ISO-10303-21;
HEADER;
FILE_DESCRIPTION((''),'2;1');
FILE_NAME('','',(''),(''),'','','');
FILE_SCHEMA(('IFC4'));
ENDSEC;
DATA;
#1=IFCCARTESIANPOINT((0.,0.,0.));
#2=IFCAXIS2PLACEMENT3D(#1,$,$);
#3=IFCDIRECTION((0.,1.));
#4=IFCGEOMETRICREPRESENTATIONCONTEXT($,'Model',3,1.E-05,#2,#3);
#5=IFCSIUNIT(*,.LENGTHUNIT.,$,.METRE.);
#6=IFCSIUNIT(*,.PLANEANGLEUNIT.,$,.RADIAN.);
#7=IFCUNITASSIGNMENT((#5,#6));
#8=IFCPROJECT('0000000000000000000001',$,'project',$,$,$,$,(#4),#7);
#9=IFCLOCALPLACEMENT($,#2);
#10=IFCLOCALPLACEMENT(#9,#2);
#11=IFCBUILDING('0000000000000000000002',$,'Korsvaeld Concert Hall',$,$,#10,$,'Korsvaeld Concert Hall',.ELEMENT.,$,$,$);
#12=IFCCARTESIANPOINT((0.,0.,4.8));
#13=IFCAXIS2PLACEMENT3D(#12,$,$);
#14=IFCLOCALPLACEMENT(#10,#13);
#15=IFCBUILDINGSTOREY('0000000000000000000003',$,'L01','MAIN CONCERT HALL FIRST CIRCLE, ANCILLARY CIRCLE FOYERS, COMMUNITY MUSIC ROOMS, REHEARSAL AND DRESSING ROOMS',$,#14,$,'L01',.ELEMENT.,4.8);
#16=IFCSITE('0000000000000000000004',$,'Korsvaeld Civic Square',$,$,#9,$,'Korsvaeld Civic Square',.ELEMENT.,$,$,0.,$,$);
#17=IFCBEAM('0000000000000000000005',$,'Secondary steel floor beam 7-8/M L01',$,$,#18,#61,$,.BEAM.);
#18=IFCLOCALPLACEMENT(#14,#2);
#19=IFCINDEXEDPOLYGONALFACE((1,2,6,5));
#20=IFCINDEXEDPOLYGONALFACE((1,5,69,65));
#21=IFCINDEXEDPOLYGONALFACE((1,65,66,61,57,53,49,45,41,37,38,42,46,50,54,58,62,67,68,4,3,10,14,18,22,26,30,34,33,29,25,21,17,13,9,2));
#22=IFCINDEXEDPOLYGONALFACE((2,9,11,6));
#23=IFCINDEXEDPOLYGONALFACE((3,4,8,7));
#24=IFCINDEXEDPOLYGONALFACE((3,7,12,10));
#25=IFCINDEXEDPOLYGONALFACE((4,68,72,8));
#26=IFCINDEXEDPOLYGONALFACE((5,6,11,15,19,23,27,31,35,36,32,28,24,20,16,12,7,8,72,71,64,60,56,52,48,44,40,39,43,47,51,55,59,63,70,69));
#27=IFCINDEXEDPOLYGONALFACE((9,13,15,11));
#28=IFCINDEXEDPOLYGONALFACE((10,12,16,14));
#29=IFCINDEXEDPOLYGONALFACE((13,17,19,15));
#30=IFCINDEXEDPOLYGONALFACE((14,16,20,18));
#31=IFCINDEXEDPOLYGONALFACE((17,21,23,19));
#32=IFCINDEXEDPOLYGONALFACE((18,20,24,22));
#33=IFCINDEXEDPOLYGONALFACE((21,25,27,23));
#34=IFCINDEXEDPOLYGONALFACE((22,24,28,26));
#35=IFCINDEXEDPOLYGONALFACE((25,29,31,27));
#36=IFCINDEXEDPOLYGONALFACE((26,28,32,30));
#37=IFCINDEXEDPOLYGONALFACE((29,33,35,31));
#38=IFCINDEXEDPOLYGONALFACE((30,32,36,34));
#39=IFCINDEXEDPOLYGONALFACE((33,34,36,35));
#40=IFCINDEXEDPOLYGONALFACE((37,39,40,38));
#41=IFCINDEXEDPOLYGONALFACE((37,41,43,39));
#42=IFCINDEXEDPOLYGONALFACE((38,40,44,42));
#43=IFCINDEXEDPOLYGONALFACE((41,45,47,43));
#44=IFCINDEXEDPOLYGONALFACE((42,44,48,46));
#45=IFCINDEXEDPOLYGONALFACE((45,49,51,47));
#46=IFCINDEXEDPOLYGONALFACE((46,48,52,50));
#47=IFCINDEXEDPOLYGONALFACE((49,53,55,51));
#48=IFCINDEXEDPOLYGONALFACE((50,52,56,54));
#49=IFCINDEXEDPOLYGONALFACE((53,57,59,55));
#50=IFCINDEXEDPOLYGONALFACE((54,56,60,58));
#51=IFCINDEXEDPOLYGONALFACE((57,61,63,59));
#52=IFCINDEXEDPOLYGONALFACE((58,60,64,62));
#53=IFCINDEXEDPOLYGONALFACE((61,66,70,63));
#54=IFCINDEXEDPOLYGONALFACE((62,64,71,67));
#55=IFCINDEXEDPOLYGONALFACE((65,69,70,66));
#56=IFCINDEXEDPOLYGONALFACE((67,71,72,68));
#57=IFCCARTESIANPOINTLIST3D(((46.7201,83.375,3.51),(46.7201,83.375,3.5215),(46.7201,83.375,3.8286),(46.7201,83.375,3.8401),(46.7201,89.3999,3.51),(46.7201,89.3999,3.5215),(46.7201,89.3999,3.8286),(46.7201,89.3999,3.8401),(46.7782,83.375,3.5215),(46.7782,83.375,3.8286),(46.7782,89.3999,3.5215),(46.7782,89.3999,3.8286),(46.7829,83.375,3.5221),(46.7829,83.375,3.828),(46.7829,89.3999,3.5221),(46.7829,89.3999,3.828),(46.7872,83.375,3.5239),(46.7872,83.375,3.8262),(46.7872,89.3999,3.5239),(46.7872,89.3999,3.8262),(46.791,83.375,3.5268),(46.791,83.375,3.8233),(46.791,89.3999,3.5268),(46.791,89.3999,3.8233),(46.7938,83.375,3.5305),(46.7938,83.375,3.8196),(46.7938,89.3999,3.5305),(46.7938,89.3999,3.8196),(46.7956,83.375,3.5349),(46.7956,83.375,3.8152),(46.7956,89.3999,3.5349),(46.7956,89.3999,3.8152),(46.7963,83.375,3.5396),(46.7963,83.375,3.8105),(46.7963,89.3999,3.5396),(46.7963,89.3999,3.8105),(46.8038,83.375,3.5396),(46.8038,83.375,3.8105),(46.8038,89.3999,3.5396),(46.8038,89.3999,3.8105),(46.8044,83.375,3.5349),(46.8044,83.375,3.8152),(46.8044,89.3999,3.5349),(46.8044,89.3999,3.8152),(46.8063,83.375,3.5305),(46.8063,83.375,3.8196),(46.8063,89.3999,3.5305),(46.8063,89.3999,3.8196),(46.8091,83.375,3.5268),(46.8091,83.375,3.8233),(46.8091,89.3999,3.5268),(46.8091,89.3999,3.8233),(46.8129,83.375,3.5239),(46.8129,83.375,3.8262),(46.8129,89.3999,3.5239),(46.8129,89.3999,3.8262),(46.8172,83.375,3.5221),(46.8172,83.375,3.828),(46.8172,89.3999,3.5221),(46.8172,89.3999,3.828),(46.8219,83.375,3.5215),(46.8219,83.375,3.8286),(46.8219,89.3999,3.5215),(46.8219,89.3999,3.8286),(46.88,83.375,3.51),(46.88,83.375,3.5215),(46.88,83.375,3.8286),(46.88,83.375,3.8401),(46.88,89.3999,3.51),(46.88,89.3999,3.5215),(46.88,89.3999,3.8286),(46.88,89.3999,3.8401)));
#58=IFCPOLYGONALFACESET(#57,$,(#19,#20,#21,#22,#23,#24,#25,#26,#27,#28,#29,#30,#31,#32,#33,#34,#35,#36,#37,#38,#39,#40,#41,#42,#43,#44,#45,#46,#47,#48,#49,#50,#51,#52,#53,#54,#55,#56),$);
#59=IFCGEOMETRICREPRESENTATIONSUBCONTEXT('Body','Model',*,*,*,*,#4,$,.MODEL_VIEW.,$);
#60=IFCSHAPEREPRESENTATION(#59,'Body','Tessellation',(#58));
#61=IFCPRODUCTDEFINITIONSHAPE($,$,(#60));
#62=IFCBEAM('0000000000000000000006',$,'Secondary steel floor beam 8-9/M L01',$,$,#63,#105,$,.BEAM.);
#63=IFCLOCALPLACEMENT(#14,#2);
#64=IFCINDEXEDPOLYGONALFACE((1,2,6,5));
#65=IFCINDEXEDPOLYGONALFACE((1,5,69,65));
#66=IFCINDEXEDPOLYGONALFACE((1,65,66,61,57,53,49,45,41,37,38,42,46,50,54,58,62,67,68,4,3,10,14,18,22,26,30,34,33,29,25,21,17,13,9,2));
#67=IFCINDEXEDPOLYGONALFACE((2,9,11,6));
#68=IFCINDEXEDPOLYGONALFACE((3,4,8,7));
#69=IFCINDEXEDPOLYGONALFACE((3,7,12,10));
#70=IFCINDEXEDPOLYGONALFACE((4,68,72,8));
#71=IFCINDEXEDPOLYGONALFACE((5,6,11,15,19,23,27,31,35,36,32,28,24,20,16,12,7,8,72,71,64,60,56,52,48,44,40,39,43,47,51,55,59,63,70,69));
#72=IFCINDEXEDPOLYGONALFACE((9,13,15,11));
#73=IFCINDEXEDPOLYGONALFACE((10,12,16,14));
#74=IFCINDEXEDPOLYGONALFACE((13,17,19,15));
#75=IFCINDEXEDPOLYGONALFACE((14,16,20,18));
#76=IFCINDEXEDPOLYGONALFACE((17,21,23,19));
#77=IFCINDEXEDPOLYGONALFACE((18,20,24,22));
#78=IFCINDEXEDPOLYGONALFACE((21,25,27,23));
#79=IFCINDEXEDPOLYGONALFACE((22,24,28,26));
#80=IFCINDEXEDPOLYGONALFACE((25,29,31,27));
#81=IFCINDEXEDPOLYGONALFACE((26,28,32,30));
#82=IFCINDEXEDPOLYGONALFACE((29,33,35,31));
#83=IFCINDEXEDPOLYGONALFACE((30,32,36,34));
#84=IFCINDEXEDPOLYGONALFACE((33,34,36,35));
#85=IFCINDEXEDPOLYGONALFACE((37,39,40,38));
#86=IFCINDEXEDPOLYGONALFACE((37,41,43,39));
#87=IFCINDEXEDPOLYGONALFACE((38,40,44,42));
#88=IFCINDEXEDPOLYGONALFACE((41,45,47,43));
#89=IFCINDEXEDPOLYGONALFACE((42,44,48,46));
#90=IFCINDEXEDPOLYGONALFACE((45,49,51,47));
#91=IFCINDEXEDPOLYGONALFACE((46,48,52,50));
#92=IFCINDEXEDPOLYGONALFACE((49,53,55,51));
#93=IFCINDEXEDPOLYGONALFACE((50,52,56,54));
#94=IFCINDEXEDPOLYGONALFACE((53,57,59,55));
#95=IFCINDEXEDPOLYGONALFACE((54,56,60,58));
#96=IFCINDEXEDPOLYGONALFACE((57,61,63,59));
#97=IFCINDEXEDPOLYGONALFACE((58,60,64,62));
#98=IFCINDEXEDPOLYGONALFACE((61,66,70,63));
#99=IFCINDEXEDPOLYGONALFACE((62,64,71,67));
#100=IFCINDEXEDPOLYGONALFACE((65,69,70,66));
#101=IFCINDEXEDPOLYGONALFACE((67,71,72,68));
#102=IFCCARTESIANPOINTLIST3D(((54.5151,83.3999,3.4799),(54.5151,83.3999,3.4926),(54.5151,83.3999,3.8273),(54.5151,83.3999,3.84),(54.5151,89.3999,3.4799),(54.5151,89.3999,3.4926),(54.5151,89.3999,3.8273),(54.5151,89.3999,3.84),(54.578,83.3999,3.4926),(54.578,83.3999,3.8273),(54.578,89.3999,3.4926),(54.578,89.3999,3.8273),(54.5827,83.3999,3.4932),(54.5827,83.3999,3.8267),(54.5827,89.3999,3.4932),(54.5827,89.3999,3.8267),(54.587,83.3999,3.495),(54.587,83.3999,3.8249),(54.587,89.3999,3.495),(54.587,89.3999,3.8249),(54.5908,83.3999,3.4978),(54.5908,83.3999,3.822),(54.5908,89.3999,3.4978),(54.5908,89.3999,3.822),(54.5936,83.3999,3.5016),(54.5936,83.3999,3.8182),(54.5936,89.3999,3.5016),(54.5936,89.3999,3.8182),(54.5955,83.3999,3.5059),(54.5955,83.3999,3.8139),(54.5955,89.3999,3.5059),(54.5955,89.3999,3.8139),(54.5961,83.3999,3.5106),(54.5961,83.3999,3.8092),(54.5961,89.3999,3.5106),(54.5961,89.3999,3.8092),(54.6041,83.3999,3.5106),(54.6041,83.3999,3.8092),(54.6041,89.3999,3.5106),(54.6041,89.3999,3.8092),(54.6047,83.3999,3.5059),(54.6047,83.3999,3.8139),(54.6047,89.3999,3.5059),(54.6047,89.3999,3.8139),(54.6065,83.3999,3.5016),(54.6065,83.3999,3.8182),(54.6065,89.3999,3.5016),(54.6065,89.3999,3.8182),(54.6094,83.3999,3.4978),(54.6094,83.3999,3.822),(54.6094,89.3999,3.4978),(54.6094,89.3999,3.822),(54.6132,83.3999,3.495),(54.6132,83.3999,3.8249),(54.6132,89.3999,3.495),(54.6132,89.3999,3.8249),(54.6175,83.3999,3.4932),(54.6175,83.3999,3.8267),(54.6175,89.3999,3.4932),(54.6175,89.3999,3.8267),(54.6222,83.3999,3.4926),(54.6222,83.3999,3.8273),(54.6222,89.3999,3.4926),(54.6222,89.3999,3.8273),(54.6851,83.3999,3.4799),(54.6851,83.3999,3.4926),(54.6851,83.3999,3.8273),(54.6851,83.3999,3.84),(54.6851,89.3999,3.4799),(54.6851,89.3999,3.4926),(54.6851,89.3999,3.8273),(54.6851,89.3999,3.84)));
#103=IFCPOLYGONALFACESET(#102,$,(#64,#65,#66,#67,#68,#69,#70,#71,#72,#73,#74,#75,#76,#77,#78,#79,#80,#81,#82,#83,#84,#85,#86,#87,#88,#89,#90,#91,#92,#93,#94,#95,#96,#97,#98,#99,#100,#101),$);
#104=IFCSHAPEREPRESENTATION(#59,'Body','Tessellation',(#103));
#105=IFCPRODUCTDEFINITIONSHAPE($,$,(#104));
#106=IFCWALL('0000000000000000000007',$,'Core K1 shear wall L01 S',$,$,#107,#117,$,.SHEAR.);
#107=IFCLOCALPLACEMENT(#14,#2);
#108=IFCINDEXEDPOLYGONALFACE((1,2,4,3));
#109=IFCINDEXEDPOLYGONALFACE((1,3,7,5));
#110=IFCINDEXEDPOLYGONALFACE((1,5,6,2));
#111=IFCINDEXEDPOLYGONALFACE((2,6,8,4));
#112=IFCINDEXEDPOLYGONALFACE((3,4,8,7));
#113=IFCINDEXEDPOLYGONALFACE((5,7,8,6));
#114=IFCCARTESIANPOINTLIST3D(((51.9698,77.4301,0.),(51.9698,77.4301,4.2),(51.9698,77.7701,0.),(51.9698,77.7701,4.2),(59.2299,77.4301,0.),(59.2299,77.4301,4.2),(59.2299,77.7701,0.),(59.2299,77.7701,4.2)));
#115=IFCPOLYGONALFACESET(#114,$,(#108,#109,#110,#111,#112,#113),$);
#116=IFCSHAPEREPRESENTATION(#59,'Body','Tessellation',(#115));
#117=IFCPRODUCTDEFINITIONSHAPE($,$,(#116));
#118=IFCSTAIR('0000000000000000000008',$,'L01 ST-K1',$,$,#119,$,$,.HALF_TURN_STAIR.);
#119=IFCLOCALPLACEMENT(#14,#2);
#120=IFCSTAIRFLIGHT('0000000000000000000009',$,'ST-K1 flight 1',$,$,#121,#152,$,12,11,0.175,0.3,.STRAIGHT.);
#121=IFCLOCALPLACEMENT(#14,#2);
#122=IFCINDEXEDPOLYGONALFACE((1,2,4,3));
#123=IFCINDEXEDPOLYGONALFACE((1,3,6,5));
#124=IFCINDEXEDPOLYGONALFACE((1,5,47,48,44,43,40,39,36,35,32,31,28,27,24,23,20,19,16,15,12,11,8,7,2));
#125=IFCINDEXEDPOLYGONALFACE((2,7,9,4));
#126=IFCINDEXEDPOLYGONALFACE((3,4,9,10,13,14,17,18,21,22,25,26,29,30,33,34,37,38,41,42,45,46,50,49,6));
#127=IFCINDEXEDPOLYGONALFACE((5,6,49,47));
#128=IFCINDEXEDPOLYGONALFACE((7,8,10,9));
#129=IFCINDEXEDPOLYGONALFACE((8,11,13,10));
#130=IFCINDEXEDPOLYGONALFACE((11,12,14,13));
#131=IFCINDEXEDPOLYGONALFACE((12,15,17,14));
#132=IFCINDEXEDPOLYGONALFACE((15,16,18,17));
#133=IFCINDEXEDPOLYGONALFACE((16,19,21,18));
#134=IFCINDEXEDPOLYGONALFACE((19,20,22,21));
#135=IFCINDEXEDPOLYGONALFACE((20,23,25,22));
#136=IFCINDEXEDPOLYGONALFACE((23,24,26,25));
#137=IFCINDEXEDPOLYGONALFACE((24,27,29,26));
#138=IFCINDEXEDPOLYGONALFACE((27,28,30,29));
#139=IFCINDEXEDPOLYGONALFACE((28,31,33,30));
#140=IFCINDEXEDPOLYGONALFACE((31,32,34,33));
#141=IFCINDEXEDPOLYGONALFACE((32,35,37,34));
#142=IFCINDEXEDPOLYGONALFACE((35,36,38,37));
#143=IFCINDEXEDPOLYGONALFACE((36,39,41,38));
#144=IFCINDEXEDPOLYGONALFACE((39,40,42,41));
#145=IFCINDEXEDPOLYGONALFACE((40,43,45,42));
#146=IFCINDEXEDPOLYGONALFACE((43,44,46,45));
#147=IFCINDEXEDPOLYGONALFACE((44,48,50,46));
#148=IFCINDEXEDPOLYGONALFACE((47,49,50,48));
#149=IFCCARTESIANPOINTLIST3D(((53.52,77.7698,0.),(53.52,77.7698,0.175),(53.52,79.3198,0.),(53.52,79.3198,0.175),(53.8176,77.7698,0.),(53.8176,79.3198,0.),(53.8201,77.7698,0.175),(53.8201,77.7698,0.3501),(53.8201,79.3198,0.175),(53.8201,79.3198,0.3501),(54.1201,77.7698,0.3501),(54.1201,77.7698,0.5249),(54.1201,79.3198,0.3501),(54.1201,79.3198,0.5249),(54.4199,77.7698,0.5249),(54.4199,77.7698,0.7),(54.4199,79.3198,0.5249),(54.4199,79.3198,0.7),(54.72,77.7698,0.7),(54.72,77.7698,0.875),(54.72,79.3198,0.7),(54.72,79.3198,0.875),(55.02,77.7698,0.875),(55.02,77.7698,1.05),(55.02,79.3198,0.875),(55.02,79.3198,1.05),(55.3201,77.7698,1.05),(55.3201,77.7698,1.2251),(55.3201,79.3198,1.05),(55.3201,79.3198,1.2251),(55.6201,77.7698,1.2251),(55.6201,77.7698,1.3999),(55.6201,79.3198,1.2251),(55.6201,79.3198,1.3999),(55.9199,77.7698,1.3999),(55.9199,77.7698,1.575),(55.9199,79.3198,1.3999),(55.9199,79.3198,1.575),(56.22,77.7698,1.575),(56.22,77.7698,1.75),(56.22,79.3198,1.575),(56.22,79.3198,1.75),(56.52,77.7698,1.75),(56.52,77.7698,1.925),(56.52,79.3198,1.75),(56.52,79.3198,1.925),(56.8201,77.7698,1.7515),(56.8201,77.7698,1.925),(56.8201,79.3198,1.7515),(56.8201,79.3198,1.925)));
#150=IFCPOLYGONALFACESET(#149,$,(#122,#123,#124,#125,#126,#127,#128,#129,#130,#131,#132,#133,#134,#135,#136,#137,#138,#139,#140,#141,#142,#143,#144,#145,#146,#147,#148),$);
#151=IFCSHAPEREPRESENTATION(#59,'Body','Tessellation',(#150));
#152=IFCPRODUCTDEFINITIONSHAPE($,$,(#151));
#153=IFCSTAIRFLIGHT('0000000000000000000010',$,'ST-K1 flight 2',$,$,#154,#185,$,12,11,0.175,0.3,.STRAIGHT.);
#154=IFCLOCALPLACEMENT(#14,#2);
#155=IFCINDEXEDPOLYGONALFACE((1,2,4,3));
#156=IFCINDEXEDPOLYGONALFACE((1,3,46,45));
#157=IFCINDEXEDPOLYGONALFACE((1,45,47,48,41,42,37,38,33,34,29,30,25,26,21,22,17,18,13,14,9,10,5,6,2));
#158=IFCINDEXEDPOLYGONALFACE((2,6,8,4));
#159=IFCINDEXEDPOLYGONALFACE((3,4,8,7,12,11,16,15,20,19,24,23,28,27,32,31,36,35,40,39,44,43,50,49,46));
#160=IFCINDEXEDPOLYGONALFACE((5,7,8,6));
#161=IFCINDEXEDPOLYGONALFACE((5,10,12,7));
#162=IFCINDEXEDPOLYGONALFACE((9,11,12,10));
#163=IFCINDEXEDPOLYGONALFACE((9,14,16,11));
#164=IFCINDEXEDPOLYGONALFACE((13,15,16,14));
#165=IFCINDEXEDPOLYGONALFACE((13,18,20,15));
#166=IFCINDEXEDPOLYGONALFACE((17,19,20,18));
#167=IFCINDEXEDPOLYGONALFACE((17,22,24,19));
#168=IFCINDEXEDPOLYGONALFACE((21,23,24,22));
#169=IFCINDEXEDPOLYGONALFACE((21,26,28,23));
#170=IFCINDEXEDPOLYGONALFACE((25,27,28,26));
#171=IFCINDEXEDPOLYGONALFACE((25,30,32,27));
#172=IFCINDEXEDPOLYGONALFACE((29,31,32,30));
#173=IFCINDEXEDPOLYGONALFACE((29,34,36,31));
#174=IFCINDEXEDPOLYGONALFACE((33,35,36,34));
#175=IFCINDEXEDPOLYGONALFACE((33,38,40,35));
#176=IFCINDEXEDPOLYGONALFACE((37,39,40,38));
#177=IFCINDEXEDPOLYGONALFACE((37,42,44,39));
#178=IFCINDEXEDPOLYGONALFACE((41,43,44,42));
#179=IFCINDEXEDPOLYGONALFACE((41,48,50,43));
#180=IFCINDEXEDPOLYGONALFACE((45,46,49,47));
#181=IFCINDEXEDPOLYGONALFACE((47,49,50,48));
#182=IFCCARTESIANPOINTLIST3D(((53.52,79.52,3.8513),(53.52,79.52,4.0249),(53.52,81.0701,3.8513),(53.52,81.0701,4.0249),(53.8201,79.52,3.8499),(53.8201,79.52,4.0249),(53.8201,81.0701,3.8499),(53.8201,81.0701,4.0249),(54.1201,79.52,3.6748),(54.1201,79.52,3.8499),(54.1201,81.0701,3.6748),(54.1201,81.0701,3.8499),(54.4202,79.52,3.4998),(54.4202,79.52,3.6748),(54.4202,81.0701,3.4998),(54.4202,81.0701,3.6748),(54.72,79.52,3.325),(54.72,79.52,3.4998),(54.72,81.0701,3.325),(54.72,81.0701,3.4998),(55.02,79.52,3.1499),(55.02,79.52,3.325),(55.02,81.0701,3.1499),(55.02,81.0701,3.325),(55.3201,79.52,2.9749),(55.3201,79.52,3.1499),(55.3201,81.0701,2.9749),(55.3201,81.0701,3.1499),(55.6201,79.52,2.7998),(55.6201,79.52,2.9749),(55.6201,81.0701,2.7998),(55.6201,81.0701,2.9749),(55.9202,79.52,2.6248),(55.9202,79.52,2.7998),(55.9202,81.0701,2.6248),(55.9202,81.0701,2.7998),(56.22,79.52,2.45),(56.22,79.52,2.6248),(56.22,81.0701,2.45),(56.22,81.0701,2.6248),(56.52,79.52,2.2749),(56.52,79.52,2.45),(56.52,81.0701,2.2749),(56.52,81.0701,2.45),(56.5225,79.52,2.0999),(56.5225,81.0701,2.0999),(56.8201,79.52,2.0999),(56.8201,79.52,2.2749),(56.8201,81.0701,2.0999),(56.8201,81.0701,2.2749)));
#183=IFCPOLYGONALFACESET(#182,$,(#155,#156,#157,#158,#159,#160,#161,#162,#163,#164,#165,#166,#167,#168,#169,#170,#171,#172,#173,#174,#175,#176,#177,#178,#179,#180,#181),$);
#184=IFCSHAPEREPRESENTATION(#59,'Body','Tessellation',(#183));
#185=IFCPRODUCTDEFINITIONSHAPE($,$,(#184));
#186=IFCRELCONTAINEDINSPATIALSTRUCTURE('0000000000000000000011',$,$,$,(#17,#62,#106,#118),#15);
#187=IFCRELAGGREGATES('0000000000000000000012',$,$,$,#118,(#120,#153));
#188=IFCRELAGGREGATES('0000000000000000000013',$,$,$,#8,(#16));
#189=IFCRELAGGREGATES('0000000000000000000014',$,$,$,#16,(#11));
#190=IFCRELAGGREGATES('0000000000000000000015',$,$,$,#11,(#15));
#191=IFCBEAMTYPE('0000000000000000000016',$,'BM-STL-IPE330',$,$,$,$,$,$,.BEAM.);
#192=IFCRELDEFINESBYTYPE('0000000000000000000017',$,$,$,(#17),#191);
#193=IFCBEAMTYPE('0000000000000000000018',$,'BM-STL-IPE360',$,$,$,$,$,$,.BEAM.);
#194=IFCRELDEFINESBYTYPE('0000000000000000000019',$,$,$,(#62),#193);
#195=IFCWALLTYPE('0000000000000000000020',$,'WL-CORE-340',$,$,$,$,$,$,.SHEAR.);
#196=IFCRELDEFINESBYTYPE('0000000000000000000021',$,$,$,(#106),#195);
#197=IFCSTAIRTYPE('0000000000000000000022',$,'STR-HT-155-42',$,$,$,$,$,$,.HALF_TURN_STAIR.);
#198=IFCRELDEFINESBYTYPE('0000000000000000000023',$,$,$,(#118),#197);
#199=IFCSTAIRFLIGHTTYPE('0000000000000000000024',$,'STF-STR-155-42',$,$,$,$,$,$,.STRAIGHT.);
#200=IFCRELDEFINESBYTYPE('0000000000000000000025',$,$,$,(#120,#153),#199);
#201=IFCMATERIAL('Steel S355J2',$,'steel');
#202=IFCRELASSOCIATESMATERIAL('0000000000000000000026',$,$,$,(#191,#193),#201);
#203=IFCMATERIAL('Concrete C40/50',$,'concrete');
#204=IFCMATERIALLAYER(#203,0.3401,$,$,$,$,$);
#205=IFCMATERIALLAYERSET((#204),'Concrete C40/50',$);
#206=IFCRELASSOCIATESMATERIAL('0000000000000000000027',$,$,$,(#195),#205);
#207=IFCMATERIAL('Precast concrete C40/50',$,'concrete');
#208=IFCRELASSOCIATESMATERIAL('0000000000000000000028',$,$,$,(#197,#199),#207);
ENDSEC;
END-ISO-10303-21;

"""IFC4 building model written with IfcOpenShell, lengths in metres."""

from ifc_helpers import new_model, si_unit, direction, frame, frame_2d, origin, origin_2d, place, context, subcontext, project, spatial, polyline, rectangle, i_section, outline, extrude, material, layer, layer_set, material_profile, profile_set, type_object, element, aggregate, save


model = new_model("IFC4")

# Units and contexts
model_context = context("Model", 3, precision=1e-05, world=origin(), true_north=direction((0.0, 1.0)))
body_context = subcontext(model_context, "Body", "Model", "MODEL_VIEW")
ifc_project = project(units=[si_unit("LENGTHUNIT", "METRE"), si_unit("PLANEANGLEUNIT", "RADIAN")], contexts=[model_context])

# Site, building, storey
site_placement = place(None, origin())
site = spatial("IfcSite", under=ifc_project, at=site_placement, Name="Korsvaeld Civic Square", LongName="Korsvaeld Civic Square", CompositionType="ELEMENT", RefElevation=0.0)
building_placement = place(site_placement, origin())
building = spatial("IfcBuilding", under=site, at=building_placement, Name="Korsvaeld Concert Hall", LongName="Korsvaeld Concert Hall", CompositionType="ELEMENT")
storey_placement = place(building_placement, frame((0.0, 0.0, 4.8)))
storey = spatial("IfcBuildingStorey", under=building, at=storey_placement, Name="L01", Description="MAIN CONCERT HALL FIRST CIRCLE, ANCILLARY CIRCLE FOYERS, COMMUNITY MUSIC ROOMS, REHEARSAL AND DRESSING ROOMS", LongName="L01", CompositionType="ELEMENT", Elevation=4.8)

# Shared definitions
ifc_material_1 = material(Name="Concrete C40/50", Category="concrete")

# Beams
ifc_material_2 = material(Name="Steel S355J2", Category="steel")
ifc_material_profile_1 = material_profile(ifc_material_2, i_section(OverallWidth=0.1599, OverallDepth=0.3301, WebThickness=0.0076, FlangeThickness=0.0115, FilletRadius=0.0181, at=origin_2d()), Name="IPE 330")
ifc_profile_set_1 = profile_set([ifc_material_profile_1], Name="Steel S355J2")
beam_type_1 = type_object("IfcBeamType", Name="BM-STL-IPE330", PredefinedType="BEAM", material=ifc_profile_set_1)
beam_1_placement = place(storey_placement, frame((46.8, 83.375, 3.675), z_axis=(0.0, 1.0, 0.0), x_axis=(-1.0, 0.0, 0.0)))
element("IfcBeam", 1, at=beam_1_placement, inside=storey, type_object=beam_type_1, Name="Secondary steel floor beam 7-8/M L01", PredefinedType="BEAM", context=body_context, shape_type="SweptSolid", body=[
    extrude(i_section(OverallWidth=0.1599, OverallDepth=0.3301, WebThickness=0.0076, FlangeThickness=0.0115, FilletRadius=0.0181, at=origin_2d()), origin(), (0.0, 0.0, 1.0), 6.0249),
])
ifc_material_profile_2 = material_profile(ifc_material_2, i_section(OverallWidth=0.1699, OverallDepth=0.3601, WebThickness=0.0081, FlangeThickness=0.0127, FilletRadius=0.0181, at=origin_2d()), Name="IPE 360")
ifc_profile_set_2 = profile_set([ifc_material_profile_2], Name="Steel S355J2")
beam_type_2 = type_object("IfcBeamType", Name="BM-STL-IPE360", PredefinedType="BEAM", material=ifc_profile_set_2)
beam_2_placement = place(storey_placement, frame((54.6001, 83.3999, 3.6599), z_axis=(0.0, 1.0, 0.0), x_axis=(-1.0, 0.0, 0.0)))
element("IfcBeam", 2, at=beam_2_placement, inside=storey, type_object=beam_type_2, Name="Secondary steel floor beam 8-9/M L01", PredefinedType="BEAM", context=body_context, shape_type="SweptSolid", body=[
    extrude(i_section(OverallWidth=0.1699, OverallDepth=0.3601, WebThickness=0.0081, FlangeThickness=0.0127, FilletRadius=0.0181, at=origin_2d()), origin(), (0.0, 0.0, 1.0), 6.0),
])

# Wall
ifc_layer = layer(ifc_material_1, 0.3401)
ifc_layer_set = layer_set([ifc_layer], Name="Concrete C40/50")
wall_type = type_object("IfcWallType", Name="WL-CORE-340", PredefinedType="SHEAR", material=ifc_layer_set)
wall_1_placement = place(storey_placement, frame((51.97, 77.6001, 0.0), z_axis=(0.0, 0.0, 1.0), x_axis=(1.0, 0.0, 0.0)))
element("IfcWall", 3, at=wall_1_placement, inside=storey, type_object=wall_type, Name="Core K1 shear wall L01 S", PredefinedType="SHEAR", context=body_context, shape_type="SweptSolid", body=[
    extrude(rectangle(XDim=7.26, YDim=0.3401, at=frame_2d((3.6299, 0.0))), origin(), (0.0, 0.0, 1.0), 4.2),
])

# Stair, stair flights
ifc_material_3 = material(Name="Precast concrete C40/50", Category="concrete")
stair_type = type_object("IfcStairType", Name="STR-HT-155-42", PredefinedType="HALF_TURN_STAIR", material=ifc_material_3)
stair_placement = place(storey_placement, origin())
stair = element("IfcStair", 4, at=stair_placement, inside=storey, type_object=stair_type, Name="L01 ST-K1", PredefinedType="HALF_TURN_STAIR")
stair_flight_type = type_object("IfcStairFlightType", Name="STF-STR-155-42", PredefinedType="STRAIGHT", material=ifc_material_3)
stair_flight_1_placement = place(storey_placement, frame((53.52, 78.5449, 0.0), z_axis=(0.0, 0.0, 1.0), x_axis=(1.0, 0.0, 0.0)))
stair_flight_1 = element("IfcStairFlight", 5, at=stair_flight_1_placement, type_object=stair_flight_type, Name="ST-K1 flight 1", NumberOfRisers=12, NumberOfTreads=11, PredefinedType="STRAIGHT", RiserHeight=0.175, TreadLength=0.3, context=body_context, shape_type="SweptSolid", body=[
    extrude(outline(polyline([(0.0, 0.0), (0.0, 0.175), (0.3, 0.175), (0.3, 0.3501), (0.6001, 0.3501), (0.6001, 0.5249), (0.8999, 0.5249), (0.8999, 0.7), (1.2, 0.7), (1.2, 0.875), (1.5, 0.875), (1.5, 1.05), (1.8, 1.05), (1.8, 1.2251), (2.1001, 1.2251), (2.1001, 1.3999), (2.3999, 1.3999), (2.3999, 1.575), (2.7, 1.575), (2.7, 1.75), (3.0, 1.75), (3.0, 1.925), (3.3, 1.925), (3.3, 2.1001), (3.3, 1.7515), (0.2976, 0.0), (0.0, 0.0)])), frame((0.0, 0.7749, 0.0), z_axis=(0.0, -1.0, 0.0), x_axis=(1.0, 0.0, 0.0)), (0.0, 0.0, 1.0), 1.55),
])
stair_flight_2_placement = place(storey_placement, frame((56.8201, 80.2949, 2.0999), z_axis=(0.0, 0.0, 1.0), x_axis=(-1.0, 0.0, 0.0)))
stair_flight_2 = element("IfcStairFlight", 6, at=stair_flight_2_placement, type_object=stair_flight_type, Name="ST-K1 flight 2", NumberOfRisers=12, NumberOfTreads=11, PredefinedType="STRAIGHT", RiserHeight=0.175, TreadLength=0.3, context=body_context, shape_type="SweptSolid", body=[
    extrude(outline(polyline([(0.0, 0.0), (0.0, 0.175), (0.3, 0.175), (0.3, 0.3501), (0.6001, 0.3501), (0.6001, 0.5249), (0.8999, 0.5249), (0.8999, 0.7), (1.2, 0.7), (1.2, 0.875), (1.5, 0.875), (1.5, 1.05), (1.8, 1.05), (1.8, 1.2251), (2.1001, 1.2251), (2.1001, 1.3999), (2.3999, 1.3999), (2.3999, 1.575), (2.7, 1.575), (2.7, 1.75), (3.0, 1.75), (3.0, 1.925), (3.3, 1.925), (3.3, 2.1001), (3.3, 1.7515), (0.2976, 0.0), (0.0, 0.0)])), frame((0.0, 0.7749, 0.0), z_axis=(0.0, -1.0, 0.0), x_axis=(1.0, 0.0, 0.0)), (0.0, 0.0, 1.0), 1.55),
])
aggregate(stair, [stair_flight_1, stair_flight_2])

save(model, "model.ifc")
